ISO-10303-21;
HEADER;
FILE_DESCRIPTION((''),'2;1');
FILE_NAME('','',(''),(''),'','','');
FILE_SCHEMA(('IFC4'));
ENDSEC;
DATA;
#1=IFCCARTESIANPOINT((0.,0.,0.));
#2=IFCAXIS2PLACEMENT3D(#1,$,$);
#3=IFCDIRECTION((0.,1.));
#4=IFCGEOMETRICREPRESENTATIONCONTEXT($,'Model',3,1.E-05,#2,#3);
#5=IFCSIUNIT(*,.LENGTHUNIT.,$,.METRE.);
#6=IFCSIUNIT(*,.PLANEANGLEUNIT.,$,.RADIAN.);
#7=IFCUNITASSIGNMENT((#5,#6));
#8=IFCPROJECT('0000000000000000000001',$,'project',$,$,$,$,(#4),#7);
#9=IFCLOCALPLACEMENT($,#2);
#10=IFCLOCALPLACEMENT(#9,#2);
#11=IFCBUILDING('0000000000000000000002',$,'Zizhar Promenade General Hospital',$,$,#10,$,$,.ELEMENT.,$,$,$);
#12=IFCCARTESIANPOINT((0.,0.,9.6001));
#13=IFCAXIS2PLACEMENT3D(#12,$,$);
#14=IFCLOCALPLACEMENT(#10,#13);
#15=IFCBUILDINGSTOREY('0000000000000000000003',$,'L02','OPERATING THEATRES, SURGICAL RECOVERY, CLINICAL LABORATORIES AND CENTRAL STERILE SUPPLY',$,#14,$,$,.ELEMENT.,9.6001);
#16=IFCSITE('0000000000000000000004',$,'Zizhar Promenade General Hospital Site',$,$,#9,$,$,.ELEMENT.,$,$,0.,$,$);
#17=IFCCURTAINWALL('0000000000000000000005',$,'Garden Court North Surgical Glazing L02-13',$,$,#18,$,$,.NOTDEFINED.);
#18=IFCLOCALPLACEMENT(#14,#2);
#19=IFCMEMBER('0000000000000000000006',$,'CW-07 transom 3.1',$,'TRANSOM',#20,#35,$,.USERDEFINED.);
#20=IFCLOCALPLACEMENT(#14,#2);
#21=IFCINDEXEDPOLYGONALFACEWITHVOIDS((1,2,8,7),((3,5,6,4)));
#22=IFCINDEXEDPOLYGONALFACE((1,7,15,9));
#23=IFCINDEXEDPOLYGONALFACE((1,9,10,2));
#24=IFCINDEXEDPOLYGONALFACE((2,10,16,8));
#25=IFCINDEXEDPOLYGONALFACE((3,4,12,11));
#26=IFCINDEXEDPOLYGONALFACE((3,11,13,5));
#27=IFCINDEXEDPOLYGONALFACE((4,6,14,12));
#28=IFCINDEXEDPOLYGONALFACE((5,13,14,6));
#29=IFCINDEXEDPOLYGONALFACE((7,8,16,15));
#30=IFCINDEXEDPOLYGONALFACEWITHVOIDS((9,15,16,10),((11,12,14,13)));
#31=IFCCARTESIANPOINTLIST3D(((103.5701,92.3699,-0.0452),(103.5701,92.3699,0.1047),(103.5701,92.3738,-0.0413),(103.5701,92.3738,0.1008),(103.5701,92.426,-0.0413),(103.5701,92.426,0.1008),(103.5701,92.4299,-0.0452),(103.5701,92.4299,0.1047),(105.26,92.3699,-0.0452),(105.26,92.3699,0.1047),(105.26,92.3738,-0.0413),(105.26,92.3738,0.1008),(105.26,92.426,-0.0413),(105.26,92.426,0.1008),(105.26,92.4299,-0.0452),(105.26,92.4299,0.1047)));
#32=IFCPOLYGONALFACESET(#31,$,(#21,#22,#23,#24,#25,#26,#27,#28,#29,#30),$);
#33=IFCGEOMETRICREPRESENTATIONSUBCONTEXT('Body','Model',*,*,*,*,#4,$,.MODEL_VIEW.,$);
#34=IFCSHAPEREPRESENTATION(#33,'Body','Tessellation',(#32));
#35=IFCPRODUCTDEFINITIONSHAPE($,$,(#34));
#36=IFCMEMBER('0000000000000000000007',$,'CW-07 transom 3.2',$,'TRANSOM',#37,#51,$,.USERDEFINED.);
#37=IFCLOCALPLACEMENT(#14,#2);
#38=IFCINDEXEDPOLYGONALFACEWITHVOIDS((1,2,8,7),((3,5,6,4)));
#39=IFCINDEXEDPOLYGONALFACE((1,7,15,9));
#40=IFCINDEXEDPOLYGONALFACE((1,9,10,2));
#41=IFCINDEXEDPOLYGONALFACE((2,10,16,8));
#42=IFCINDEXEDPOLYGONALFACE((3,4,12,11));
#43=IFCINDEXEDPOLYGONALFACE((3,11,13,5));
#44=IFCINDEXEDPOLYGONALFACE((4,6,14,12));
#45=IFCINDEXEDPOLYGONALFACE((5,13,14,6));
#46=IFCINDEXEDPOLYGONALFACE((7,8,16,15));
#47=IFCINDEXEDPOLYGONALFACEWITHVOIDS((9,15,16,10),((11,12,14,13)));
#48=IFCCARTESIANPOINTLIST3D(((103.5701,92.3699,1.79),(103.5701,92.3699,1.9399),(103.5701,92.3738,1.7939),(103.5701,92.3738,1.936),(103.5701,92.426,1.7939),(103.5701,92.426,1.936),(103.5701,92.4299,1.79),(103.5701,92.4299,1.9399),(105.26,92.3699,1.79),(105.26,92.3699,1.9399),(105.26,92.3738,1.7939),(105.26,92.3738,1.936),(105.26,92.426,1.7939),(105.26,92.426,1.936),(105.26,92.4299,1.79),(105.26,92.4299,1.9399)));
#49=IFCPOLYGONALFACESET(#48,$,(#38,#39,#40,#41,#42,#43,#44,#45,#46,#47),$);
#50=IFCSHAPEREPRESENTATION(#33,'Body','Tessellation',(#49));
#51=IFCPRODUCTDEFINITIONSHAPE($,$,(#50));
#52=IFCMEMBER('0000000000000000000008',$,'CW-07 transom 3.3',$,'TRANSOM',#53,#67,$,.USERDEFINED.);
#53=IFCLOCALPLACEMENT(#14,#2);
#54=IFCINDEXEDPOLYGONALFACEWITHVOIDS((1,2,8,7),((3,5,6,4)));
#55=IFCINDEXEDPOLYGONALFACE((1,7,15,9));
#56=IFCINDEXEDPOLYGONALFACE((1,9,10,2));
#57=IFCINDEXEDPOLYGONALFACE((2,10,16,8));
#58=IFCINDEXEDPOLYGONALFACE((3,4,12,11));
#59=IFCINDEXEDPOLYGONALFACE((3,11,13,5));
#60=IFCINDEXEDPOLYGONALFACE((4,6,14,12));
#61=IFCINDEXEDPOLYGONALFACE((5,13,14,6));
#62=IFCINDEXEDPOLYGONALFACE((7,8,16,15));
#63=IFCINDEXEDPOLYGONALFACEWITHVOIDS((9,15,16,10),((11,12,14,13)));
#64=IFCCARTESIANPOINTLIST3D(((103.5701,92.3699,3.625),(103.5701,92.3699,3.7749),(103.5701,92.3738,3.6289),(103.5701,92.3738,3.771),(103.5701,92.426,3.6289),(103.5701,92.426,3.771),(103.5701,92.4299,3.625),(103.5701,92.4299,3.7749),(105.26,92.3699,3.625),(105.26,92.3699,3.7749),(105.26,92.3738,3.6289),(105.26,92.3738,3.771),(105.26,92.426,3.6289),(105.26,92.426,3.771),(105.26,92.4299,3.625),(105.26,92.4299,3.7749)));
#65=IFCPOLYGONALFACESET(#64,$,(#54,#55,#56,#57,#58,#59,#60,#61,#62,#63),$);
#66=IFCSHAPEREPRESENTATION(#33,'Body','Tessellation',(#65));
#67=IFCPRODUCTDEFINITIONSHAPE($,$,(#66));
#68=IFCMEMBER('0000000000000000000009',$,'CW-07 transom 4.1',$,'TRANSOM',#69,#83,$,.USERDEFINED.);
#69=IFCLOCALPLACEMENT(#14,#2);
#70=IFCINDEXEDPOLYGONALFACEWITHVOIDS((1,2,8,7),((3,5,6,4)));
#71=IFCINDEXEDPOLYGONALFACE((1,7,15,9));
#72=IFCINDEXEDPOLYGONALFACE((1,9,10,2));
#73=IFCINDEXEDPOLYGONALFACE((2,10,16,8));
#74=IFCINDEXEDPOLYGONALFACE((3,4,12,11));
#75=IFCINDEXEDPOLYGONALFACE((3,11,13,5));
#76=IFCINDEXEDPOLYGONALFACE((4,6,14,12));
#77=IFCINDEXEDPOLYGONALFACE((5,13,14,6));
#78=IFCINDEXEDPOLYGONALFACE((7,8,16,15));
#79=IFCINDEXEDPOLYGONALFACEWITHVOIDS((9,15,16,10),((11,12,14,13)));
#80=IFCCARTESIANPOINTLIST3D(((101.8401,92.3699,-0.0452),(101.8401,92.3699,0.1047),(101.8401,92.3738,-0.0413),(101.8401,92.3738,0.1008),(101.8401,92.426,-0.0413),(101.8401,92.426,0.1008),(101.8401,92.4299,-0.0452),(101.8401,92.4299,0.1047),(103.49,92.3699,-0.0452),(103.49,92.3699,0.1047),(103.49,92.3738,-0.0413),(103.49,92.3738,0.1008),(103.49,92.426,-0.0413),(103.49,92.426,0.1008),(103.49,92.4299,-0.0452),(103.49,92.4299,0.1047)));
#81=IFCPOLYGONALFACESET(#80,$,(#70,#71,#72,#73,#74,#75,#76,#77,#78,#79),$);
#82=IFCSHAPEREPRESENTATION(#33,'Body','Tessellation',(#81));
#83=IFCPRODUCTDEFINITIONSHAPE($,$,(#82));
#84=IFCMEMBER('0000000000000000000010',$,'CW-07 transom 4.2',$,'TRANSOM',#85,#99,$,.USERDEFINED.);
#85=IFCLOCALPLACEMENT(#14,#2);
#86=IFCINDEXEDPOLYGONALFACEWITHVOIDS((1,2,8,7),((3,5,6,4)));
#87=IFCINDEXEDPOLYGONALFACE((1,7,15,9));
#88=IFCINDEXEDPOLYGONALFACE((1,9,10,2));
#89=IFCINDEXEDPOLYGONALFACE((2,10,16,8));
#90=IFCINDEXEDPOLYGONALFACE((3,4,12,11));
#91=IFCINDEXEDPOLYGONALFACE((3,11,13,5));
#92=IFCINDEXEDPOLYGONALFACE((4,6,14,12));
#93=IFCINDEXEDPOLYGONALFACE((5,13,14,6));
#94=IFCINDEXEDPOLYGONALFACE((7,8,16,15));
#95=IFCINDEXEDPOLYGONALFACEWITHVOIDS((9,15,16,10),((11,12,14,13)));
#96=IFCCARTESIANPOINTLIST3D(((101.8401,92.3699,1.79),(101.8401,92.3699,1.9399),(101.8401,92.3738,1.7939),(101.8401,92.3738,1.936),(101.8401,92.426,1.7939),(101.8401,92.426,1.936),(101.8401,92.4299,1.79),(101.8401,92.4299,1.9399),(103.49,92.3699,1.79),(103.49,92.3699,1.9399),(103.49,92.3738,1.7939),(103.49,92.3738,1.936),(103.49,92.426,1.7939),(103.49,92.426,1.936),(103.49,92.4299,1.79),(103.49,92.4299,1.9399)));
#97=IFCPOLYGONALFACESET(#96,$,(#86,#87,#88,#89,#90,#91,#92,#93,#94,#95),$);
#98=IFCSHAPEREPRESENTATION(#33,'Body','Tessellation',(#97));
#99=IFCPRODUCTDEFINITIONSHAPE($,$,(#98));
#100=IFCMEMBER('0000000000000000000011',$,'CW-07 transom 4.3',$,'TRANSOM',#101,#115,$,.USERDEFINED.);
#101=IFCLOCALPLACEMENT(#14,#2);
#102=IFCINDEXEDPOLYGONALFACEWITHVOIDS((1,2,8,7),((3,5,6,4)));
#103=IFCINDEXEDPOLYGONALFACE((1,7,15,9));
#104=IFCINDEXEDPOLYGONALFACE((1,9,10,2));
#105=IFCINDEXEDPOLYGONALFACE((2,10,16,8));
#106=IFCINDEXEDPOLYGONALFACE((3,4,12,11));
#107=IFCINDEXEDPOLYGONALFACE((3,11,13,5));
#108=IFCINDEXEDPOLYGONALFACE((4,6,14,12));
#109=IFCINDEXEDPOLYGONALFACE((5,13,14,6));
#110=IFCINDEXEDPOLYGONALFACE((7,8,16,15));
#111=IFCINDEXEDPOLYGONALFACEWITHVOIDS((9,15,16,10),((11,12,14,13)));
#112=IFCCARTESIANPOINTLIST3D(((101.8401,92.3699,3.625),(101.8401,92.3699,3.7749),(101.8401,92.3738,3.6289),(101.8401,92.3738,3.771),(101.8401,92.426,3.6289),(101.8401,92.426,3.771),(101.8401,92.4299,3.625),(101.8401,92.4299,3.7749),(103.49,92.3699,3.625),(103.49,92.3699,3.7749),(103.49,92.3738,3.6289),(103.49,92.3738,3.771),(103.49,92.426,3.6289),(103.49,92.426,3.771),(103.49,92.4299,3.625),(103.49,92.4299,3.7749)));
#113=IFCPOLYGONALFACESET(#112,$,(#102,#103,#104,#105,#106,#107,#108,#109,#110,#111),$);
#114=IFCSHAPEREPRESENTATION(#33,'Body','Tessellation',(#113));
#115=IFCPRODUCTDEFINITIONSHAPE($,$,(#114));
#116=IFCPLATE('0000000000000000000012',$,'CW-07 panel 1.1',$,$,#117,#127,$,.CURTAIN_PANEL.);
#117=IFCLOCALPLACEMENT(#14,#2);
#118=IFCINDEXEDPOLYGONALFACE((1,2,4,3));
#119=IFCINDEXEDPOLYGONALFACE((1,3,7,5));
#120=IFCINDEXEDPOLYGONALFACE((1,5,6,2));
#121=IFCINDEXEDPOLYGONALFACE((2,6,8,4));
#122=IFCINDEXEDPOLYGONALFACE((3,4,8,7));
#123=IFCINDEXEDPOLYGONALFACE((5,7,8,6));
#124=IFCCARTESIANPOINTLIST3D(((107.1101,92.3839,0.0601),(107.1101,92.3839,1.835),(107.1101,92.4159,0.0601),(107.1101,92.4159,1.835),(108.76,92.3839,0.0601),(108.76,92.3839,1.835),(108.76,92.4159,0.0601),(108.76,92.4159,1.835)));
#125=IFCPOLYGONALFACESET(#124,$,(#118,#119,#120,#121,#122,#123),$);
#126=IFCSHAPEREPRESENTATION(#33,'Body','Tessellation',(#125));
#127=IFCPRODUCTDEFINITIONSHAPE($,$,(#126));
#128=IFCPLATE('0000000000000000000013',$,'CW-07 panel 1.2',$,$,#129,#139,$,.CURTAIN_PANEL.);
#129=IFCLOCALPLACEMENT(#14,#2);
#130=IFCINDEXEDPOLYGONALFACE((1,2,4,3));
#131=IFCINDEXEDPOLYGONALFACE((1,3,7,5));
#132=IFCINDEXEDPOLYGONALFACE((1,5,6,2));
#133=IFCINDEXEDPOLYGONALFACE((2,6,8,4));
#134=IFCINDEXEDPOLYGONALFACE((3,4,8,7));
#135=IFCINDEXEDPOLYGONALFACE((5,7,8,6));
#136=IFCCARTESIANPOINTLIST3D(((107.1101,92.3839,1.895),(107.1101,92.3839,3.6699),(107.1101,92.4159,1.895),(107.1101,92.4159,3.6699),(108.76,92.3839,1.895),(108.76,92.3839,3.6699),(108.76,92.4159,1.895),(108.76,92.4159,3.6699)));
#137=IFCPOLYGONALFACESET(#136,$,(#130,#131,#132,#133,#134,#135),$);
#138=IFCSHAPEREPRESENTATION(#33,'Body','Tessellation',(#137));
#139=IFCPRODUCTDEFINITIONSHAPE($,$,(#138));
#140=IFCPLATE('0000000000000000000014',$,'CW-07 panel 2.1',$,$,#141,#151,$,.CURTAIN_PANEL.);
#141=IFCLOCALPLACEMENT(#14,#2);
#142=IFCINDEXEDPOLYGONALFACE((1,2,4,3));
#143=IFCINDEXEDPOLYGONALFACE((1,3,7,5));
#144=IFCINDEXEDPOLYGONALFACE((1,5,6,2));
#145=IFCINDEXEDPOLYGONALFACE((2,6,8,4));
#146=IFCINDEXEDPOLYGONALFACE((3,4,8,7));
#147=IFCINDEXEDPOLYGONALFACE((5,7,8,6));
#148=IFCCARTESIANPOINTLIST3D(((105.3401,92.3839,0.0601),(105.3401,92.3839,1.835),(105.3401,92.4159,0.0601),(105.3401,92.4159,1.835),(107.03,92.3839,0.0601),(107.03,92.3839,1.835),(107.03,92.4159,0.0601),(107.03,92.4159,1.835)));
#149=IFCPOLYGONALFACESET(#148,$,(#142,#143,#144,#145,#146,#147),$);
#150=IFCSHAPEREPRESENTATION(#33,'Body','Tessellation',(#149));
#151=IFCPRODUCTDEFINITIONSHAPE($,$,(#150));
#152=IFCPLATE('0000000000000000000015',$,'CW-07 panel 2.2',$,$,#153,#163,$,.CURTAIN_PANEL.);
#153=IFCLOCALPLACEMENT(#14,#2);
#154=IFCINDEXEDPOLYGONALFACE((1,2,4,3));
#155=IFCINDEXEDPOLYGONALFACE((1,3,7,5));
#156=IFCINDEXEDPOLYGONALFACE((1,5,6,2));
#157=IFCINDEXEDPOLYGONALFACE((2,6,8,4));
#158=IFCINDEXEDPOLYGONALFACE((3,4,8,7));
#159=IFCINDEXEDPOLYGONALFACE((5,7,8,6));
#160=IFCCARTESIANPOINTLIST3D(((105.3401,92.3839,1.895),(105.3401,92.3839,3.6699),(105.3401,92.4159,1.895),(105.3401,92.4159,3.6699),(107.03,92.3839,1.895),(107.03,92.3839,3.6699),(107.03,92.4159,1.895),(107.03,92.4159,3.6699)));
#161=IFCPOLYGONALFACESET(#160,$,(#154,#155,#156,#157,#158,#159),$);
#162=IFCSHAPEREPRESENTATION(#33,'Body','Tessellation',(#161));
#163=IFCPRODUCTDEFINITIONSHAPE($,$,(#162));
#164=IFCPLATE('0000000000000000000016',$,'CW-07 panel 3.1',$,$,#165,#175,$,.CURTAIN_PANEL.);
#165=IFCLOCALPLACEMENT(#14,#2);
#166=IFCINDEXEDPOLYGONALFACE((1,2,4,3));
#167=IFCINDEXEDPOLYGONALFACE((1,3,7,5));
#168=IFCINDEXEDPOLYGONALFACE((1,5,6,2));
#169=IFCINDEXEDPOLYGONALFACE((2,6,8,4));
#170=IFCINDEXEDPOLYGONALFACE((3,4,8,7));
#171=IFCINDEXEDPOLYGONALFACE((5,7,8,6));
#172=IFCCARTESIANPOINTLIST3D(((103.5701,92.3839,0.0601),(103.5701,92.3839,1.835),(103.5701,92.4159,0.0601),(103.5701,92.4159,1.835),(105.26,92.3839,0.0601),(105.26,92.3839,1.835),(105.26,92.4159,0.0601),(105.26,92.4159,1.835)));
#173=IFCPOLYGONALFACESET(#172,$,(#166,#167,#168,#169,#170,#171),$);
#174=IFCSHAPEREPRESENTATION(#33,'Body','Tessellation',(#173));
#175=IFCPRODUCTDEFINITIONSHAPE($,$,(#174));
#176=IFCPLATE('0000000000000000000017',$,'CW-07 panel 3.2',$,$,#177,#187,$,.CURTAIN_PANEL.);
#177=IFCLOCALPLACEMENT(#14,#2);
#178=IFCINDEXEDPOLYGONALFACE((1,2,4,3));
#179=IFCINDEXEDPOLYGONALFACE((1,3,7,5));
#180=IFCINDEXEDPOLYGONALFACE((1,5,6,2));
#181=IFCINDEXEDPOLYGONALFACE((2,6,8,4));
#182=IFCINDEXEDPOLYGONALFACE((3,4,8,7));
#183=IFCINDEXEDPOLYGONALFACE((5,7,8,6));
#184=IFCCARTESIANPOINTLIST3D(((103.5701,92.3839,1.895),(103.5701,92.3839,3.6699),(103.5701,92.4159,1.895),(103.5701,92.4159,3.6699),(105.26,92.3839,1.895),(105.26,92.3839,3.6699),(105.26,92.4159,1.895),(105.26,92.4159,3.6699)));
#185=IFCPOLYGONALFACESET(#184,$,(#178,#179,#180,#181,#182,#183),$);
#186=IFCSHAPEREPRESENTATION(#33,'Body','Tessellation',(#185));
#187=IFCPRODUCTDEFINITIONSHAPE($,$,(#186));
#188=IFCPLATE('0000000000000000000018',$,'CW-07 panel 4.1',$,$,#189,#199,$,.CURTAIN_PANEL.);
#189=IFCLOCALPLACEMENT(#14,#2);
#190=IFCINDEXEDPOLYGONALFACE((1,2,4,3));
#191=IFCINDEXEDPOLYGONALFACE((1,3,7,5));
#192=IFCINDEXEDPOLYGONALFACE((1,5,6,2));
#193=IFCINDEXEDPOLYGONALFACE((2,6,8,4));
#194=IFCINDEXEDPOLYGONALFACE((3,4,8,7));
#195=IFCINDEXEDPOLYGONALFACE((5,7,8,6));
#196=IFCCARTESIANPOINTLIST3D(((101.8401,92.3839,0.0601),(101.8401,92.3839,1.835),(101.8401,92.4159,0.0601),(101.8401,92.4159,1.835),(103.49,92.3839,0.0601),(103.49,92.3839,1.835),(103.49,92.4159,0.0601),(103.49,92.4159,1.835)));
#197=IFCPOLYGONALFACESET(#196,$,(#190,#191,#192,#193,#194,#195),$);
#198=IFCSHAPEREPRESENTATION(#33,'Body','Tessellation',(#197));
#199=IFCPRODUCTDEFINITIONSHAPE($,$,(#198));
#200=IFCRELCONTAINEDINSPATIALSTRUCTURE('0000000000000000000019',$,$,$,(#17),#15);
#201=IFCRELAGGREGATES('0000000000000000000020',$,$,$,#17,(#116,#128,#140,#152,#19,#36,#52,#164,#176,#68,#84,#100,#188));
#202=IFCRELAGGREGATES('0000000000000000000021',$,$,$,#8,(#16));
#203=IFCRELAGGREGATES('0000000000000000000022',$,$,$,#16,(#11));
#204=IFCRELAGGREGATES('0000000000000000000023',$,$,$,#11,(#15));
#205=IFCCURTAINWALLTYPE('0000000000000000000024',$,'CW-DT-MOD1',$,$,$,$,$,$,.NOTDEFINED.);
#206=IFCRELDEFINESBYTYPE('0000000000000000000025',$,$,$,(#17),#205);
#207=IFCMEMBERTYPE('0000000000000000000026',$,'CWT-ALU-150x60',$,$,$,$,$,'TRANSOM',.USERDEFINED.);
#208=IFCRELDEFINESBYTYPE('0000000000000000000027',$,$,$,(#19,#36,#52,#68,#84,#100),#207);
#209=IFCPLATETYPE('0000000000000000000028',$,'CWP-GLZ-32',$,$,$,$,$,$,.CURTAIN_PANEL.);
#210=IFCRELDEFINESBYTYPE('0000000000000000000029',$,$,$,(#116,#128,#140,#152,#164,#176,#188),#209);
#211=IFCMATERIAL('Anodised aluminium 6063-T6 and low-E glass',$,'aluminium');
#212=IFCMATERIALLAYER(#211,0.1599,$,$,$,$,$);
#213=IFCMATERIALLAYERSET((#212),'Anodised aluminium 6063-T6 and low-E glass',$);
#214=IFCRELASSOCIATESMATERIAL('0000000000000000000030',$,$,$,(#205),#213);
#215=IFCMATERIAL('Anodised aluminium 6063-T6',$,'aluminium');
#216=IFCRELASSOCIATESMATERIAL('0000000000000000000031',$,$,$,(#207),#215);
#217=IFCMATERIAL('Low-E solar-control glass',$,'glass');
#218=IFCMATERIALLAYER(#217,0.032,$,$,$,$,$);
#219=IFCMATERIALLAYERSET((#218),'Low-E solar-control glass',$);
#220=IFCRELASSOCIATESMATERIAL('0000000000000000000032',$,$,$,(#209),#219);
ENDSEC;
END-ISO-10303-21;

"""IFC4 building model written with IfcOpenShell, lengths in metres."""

from ifc_helpers import new_model, si_unit, direction, frame, origin, origin_2d, place, context, subcontext, project, spatial, rectangle, hollow_rectangle, extrude, material, layer, layer_set, material_profile, profile_set, type_object, element, aggregate, save


model = new_model("IFC4")

# Units and contexts
model_context = context("Model", 3, precision=1e-05, world=origin(), true_north=direction((0.0, 1.0)))
body_context = subcontext(model_context, "Body", "Model", "MODEL_VIEW")
ifc_project = project(units=[si_unit("LENGTHUNIT", "METRE"), si_unit("PLANEANGLEUNIT", "RADIAN")], contexts=[model_context])

# Site, building, storey
site_placement = place(None, origin())
site = spatial("IfcSite", under=ifc_project, at=site_placement, Name="Zizhar Promenade General Hospital Site", CompositionType="ELEMENT", RefElevation=0.0)
building_placement = place(site_placement, origin())
building = spatial("IfcBuilding", under=site, at=building_placement, Name="Zizhar Promenade General Hospital", CompositionType="ELEMENT")
storey_placement = place(building_placement, frame((0.0, 0.0, 9.6001)))
storey = spatial("IfcBuildingStorey", under=building, at=storey_placement, Name="L02", Description="OPERATING THEATRES, SURGICAL RECOVERY, CLINICAL LABORATORIES AND CENTRAL STERILE SUPPLY", CompositionType="ELEMENT", Elevation=9.6001)

# Curtain wall, members, plates
ifc_material_1 = material(Name="Anodised aluminium 6063-T6 and low-E glass", Category="aluminium")
ifc_layer_1 = layer(ifc_material_1, 0.1599)
ifc_layer_set_1 = layer_set([ifc_layer_1], Name="Anodised aluminium 6063-T6 and low-E glass")
curtain_wall_type = type_object("IfcCurtainWallType", Name="CW-DT-MOD1", PredefinedType="NOTDEFINED", material=ifc_layer_set_1)
curtain_wall_placement = place(storey_placement, origin())
curtain_wall = element("IfcCurtainWall", 1, at=curtain_wall_placement, inside=storey, type_object=curtain_wall_type, Name="Garden Court North Surgical Glazing L02-13", PredefinedType="NOTDEFINED")
ifc_material_2 = material(Name="Anodised aluminium 6063-T6", Category="aluminium")
ifc_material_profile_1 = material_profile(ifc_material_2, hollow_rectangle(XDim=0.0601, YDim=0.1499, WallThickness=0.0039, at=origin_2d()))
ifc_profile_set_1 = profile_set([ifc_material_profile_1], Name="Anodised aluminium 6063-T6")
member_type_1 = type_object("IfcMemberType", Name="CWT-ALU-150x60", ElementType="TRANSOM", PredefinedType="USERDEFINED", material=ifc_profile_set_1)
member_1_placement = place(storey_placement, frame((105.26, 92.3999, 0.0298), z_axis=(-1.0, 0.0, 0.0), x_axis=(0.0, -1.0, 0.0)))
member_1 = element("IfcMember", 2, at=member_1_placement, type_object=member_type_1, Name="CW-07 transom 3.1", ObjectType="TRANSOM", PredefinedType="USERDEFINED", context=body_context, shape_type="SweptSolid", body=[
    extrude(hollow_rectangle(XDim=0.0601, YDim=0.1499, WallThickness=0.0039, at=origin_2d()), origin(), (0.0, 0.0, 1.0), 1.6899),
])
member_2_placement = place(storey_placement, frame((105.26, 92.3999, 1.865), z_axis=(-1.0, 0.0, 0.0), x_axis=(0.0, -1.0, 0.0)))
member_2 = element("IfcMember", 3, at=member_2_placement, type_object=member_type_1, Name="CW-07 transom 3.2", ObjectType="TRANSOM", PredefinedType="USERDEFINED", context=body_context, shape_type="SweptSolid", body=[
    extrude(hollow_rectangle(XDim=0.0601, YDim=0.1499, WallThickness=0.0039, at=origin_2d()), origin(), (0.0, 0.0, 1.0), 1.6899),
])
member_3_placement = place(storey_placement, frame((105.26, 92.3999, 3.7), z_axis=(-1.0, 0.0, 0.0), x_axis=(0.0, -1.0, 0.0)))
member_3 = element("IfcMember", 4, at=member_3_placement, type_object=member_type_1, Name="CW-07 transom 3.3", ObjectType="TRANSOM", PredefinedType="USERDEFINED", context=body_context, shape_type="SweptSolid", body=[
    extrude(hollow_rectangle(XDim=0.0601, YDim=0.1499, WallThickness=0.0039, at=origin_2d()), origin(), (0.0, 0.0, 1.0), 1.6899),
])
member_4_placement = place(storey_placement, frame((103.49, 92.3999, 0.0298), z_axis=(-1.0, 0.0, 0.0), x_axis=(0.0, -1.0, 0.0)))
member_4 = element("IfcMember", 5, at=member_4_placement, type_object=member_type_1, Name="CW-07 transom 4.1", ObjectType="TRANSOM", PredefinedType="USERDEFINED", context=body_context, shape_type="SweptSolid", body=[
    extrude(hollow_rectangle(XDim=0.0601, YDim=0.1499, WallThickness=0.0039, at=origin_2d()), origin(), (0.0, 0.0, 1.0), 1.6499),
])
member_5_placement = place(storey_placement, frame((103.49, 92.3999, 1.865), z_axis=(-1.0, 0.0, 0.0), x_axis=(0.0, -1.0, 0.0)))
member_5 = element("IfcMember", 6, at=member_5_placement, type_object=member_type_1, Name="CW-07 transom 4.2", ObjectType="TRANSOM", PredefinedType="USERDEFINED", context=body_context, shape_type="SweptSolid", body=[
    extrude(hollow_rectangle(XDim=0.0601, YDim=0.1499, WallThickness=0.0039, at=origin_2d()), origin(), (0.0, 0.0, 1.0), 1.6499),
])
member_6_placement = place(storey_placement, frame((103.49, 92.3999, 3.7), z_axis=(-1.0, 0.0, 0.0), x_axis=(0.0, -1.0, 0.0)))
member_6 = element("IfcMember", 7, at=member_6_placement, type_object=member_type_1, Name="CW-07 transom 4.3", ObjectType="TRANSOM", PredefinedType="USERDEFINED", context=body_context, shape_type="SweptSolid", body=[
    extrude(hollow_rectangle(XDim=0.0601, YDim=0.1499, WallThickness=0.0039, at=origin_2d()), origin(), (0.0, 0.0, 1.0), 1.6499),
])
ifc_material_3 = material(Name="Low-E solar-control glass", Category="glass")
ifc_layer_2 = layer(ifc_material_3, 0.032)
ifc_layer_set_2 = layer_set([ifc_layer_2], Name="Low-E solar-control glass")
plate_type = type_object("IfcPlateType", Name="CWP-GLZ-32", PredefinedType="CURTAIN_PANEL", material=ifc_layer_set_2)
plate_1_placement = place(storey_placement, frame((107.9351, 92.3999, 0.0601), z_axis=(0.0, 0.0, 1.0), x_axis=(-1.0, 0.0, 0.0)))
plate_1 = element("IfcPlate", 8, at=plate_1_placement, type_object=plate_type, Name="CW-07 panel 1.1", PredefinedType="CURTAIN_PANEL", context=body_context, shape_type="SweptSolid", body=[
    extrude(rectangle(XDim=1.6499, YDim=0.032, at=origin_2d()), origin(), (0.0, 0.0, 1.0), 1.7749),
])
plate_2_placement = place(storey_placement, frame((107.9351, 92.3999, 1.895), z_axis=(0.0, 0.0, 1.0), x_axis=(-1.0, 0.0, 0.0)))
plate_2 = element("IfcPlate", 9, at=plate_2_placement, type_object=plate_type, Name="CW-07 panel 1.2", PredefinedType="CURTAIN_PANEL", context=body_context, shape_type="SweptSolid", body=[
    extrude(rectangle(XDim=1.6499, YDim=0.032, at=origin_2d()), origin(), (0.0, 0.0, 1.0), 1.7749),
])
plate_3_placement = place(storey_placement, frame((106.1851, 92.3999, 0.0601), z_axis=(0.0, 0.0, 1.0), x_axis=(-1.0, 0.0, 0.0)))
plate_3 = element("IfcPlate", 10, at=plate_3_placement, type_object=plate_type, Name="CW-07 panel 2.1", PredefinedType="CURTAIN_PANEL", context=body_context, shape_type="SweptSolid", body=[
    extrude(rectangle(XDim=1.6899, YDim=0.032, at=origin_2d()), origin(), (0.0, 0.0, 1.0), 1.7749),
])
plate_4_placement = place(storey_placement, frame((106.1851, 92.3999, 1.895), z_axis=(0.0, 0.0, 1.0), x_axis=(-1.0, 0.0, 0.0)))
plate_4 = element("IfcPlate", 11, at=plate_4_placement, type_object=plate_type, Name="CW-07 panel 2.2", PredefinedType="CURTAIN_PANEL", context=body_context, shape_type="SweptSolid", body=[
    extrude(rectangle(XDim=1.6899, YDim=0.032, at=origin_2d()), origin(), (0.0, 0.0, 1.0), 1.7749),
])
plate_5_placement = place(storey_placement, frame((104.415, 92.3999, 0.0601), z_axis=(0.0, 0.0, 1.0), x_axis=(-1.0, 0.0, 0.0)))
plate_5 = element("IfcPlate", 12, at=plate_5_placement, type_object=plate_type, Name="CW-07 panel 3.1", PredefinedType="CURTAIN_PANEL", context=body_context, shape_type="SweptSolid", body=[
    extrude(rectangle(XDim=1.6899, YDim=0.032, at=origin_2d()), origin(), (0.0, 0.0, 1.0), 1.7749),
])
plate_6_placement = place(storey_placement, frame((104.415, 92.3999, 1.895), z_axis=(0.0, 0.0, 1.0), x_axis=(-1.0, 0.0, 0.0)))
plate_6 = element("IfcPlate", 13, at=plate_6_placement, type_object=plate_type, Name="CW-07 panel 3.2", PredefinedType="CURTAIN_PANEL", context=body_context, shape_type="SweptSolid", body=[
    extrude(rectangle(XDim=1.6899, YDim=0.032, at=origin_2d()), origin(), (0.0, 0.0, 1.0), 1.7749),
])
plate_7_placement = place(storey_placement, frame((102.665, 92.3999, 0.0601), z_axis=(0.0, 0.0, 1.0), x_axis=(-1.0, 0.0, 0.0)))
plate_7 = element("IfcPlate", 14, at=plate_7_placement, type_object=plate_type, Name="CW-07 panel 4.1", PredefinedType="CURTAIN_PANEL", context=body_context, shape_type="SweptSolid", body=[
    extrude(rectangle(XDim=1.6499, YDim=0.032, at=origin_2d()), origin(), (0.0, 0.0, 1.0), 1.7749),
])
aggregate(curtain_wall, [plate_1, plate_2, plate_3, plate_4, member_1, member_2, member_3, plate_5, plate_6, member_4, member_5, member_6, plate_7])

save(model, "model.ifc")
